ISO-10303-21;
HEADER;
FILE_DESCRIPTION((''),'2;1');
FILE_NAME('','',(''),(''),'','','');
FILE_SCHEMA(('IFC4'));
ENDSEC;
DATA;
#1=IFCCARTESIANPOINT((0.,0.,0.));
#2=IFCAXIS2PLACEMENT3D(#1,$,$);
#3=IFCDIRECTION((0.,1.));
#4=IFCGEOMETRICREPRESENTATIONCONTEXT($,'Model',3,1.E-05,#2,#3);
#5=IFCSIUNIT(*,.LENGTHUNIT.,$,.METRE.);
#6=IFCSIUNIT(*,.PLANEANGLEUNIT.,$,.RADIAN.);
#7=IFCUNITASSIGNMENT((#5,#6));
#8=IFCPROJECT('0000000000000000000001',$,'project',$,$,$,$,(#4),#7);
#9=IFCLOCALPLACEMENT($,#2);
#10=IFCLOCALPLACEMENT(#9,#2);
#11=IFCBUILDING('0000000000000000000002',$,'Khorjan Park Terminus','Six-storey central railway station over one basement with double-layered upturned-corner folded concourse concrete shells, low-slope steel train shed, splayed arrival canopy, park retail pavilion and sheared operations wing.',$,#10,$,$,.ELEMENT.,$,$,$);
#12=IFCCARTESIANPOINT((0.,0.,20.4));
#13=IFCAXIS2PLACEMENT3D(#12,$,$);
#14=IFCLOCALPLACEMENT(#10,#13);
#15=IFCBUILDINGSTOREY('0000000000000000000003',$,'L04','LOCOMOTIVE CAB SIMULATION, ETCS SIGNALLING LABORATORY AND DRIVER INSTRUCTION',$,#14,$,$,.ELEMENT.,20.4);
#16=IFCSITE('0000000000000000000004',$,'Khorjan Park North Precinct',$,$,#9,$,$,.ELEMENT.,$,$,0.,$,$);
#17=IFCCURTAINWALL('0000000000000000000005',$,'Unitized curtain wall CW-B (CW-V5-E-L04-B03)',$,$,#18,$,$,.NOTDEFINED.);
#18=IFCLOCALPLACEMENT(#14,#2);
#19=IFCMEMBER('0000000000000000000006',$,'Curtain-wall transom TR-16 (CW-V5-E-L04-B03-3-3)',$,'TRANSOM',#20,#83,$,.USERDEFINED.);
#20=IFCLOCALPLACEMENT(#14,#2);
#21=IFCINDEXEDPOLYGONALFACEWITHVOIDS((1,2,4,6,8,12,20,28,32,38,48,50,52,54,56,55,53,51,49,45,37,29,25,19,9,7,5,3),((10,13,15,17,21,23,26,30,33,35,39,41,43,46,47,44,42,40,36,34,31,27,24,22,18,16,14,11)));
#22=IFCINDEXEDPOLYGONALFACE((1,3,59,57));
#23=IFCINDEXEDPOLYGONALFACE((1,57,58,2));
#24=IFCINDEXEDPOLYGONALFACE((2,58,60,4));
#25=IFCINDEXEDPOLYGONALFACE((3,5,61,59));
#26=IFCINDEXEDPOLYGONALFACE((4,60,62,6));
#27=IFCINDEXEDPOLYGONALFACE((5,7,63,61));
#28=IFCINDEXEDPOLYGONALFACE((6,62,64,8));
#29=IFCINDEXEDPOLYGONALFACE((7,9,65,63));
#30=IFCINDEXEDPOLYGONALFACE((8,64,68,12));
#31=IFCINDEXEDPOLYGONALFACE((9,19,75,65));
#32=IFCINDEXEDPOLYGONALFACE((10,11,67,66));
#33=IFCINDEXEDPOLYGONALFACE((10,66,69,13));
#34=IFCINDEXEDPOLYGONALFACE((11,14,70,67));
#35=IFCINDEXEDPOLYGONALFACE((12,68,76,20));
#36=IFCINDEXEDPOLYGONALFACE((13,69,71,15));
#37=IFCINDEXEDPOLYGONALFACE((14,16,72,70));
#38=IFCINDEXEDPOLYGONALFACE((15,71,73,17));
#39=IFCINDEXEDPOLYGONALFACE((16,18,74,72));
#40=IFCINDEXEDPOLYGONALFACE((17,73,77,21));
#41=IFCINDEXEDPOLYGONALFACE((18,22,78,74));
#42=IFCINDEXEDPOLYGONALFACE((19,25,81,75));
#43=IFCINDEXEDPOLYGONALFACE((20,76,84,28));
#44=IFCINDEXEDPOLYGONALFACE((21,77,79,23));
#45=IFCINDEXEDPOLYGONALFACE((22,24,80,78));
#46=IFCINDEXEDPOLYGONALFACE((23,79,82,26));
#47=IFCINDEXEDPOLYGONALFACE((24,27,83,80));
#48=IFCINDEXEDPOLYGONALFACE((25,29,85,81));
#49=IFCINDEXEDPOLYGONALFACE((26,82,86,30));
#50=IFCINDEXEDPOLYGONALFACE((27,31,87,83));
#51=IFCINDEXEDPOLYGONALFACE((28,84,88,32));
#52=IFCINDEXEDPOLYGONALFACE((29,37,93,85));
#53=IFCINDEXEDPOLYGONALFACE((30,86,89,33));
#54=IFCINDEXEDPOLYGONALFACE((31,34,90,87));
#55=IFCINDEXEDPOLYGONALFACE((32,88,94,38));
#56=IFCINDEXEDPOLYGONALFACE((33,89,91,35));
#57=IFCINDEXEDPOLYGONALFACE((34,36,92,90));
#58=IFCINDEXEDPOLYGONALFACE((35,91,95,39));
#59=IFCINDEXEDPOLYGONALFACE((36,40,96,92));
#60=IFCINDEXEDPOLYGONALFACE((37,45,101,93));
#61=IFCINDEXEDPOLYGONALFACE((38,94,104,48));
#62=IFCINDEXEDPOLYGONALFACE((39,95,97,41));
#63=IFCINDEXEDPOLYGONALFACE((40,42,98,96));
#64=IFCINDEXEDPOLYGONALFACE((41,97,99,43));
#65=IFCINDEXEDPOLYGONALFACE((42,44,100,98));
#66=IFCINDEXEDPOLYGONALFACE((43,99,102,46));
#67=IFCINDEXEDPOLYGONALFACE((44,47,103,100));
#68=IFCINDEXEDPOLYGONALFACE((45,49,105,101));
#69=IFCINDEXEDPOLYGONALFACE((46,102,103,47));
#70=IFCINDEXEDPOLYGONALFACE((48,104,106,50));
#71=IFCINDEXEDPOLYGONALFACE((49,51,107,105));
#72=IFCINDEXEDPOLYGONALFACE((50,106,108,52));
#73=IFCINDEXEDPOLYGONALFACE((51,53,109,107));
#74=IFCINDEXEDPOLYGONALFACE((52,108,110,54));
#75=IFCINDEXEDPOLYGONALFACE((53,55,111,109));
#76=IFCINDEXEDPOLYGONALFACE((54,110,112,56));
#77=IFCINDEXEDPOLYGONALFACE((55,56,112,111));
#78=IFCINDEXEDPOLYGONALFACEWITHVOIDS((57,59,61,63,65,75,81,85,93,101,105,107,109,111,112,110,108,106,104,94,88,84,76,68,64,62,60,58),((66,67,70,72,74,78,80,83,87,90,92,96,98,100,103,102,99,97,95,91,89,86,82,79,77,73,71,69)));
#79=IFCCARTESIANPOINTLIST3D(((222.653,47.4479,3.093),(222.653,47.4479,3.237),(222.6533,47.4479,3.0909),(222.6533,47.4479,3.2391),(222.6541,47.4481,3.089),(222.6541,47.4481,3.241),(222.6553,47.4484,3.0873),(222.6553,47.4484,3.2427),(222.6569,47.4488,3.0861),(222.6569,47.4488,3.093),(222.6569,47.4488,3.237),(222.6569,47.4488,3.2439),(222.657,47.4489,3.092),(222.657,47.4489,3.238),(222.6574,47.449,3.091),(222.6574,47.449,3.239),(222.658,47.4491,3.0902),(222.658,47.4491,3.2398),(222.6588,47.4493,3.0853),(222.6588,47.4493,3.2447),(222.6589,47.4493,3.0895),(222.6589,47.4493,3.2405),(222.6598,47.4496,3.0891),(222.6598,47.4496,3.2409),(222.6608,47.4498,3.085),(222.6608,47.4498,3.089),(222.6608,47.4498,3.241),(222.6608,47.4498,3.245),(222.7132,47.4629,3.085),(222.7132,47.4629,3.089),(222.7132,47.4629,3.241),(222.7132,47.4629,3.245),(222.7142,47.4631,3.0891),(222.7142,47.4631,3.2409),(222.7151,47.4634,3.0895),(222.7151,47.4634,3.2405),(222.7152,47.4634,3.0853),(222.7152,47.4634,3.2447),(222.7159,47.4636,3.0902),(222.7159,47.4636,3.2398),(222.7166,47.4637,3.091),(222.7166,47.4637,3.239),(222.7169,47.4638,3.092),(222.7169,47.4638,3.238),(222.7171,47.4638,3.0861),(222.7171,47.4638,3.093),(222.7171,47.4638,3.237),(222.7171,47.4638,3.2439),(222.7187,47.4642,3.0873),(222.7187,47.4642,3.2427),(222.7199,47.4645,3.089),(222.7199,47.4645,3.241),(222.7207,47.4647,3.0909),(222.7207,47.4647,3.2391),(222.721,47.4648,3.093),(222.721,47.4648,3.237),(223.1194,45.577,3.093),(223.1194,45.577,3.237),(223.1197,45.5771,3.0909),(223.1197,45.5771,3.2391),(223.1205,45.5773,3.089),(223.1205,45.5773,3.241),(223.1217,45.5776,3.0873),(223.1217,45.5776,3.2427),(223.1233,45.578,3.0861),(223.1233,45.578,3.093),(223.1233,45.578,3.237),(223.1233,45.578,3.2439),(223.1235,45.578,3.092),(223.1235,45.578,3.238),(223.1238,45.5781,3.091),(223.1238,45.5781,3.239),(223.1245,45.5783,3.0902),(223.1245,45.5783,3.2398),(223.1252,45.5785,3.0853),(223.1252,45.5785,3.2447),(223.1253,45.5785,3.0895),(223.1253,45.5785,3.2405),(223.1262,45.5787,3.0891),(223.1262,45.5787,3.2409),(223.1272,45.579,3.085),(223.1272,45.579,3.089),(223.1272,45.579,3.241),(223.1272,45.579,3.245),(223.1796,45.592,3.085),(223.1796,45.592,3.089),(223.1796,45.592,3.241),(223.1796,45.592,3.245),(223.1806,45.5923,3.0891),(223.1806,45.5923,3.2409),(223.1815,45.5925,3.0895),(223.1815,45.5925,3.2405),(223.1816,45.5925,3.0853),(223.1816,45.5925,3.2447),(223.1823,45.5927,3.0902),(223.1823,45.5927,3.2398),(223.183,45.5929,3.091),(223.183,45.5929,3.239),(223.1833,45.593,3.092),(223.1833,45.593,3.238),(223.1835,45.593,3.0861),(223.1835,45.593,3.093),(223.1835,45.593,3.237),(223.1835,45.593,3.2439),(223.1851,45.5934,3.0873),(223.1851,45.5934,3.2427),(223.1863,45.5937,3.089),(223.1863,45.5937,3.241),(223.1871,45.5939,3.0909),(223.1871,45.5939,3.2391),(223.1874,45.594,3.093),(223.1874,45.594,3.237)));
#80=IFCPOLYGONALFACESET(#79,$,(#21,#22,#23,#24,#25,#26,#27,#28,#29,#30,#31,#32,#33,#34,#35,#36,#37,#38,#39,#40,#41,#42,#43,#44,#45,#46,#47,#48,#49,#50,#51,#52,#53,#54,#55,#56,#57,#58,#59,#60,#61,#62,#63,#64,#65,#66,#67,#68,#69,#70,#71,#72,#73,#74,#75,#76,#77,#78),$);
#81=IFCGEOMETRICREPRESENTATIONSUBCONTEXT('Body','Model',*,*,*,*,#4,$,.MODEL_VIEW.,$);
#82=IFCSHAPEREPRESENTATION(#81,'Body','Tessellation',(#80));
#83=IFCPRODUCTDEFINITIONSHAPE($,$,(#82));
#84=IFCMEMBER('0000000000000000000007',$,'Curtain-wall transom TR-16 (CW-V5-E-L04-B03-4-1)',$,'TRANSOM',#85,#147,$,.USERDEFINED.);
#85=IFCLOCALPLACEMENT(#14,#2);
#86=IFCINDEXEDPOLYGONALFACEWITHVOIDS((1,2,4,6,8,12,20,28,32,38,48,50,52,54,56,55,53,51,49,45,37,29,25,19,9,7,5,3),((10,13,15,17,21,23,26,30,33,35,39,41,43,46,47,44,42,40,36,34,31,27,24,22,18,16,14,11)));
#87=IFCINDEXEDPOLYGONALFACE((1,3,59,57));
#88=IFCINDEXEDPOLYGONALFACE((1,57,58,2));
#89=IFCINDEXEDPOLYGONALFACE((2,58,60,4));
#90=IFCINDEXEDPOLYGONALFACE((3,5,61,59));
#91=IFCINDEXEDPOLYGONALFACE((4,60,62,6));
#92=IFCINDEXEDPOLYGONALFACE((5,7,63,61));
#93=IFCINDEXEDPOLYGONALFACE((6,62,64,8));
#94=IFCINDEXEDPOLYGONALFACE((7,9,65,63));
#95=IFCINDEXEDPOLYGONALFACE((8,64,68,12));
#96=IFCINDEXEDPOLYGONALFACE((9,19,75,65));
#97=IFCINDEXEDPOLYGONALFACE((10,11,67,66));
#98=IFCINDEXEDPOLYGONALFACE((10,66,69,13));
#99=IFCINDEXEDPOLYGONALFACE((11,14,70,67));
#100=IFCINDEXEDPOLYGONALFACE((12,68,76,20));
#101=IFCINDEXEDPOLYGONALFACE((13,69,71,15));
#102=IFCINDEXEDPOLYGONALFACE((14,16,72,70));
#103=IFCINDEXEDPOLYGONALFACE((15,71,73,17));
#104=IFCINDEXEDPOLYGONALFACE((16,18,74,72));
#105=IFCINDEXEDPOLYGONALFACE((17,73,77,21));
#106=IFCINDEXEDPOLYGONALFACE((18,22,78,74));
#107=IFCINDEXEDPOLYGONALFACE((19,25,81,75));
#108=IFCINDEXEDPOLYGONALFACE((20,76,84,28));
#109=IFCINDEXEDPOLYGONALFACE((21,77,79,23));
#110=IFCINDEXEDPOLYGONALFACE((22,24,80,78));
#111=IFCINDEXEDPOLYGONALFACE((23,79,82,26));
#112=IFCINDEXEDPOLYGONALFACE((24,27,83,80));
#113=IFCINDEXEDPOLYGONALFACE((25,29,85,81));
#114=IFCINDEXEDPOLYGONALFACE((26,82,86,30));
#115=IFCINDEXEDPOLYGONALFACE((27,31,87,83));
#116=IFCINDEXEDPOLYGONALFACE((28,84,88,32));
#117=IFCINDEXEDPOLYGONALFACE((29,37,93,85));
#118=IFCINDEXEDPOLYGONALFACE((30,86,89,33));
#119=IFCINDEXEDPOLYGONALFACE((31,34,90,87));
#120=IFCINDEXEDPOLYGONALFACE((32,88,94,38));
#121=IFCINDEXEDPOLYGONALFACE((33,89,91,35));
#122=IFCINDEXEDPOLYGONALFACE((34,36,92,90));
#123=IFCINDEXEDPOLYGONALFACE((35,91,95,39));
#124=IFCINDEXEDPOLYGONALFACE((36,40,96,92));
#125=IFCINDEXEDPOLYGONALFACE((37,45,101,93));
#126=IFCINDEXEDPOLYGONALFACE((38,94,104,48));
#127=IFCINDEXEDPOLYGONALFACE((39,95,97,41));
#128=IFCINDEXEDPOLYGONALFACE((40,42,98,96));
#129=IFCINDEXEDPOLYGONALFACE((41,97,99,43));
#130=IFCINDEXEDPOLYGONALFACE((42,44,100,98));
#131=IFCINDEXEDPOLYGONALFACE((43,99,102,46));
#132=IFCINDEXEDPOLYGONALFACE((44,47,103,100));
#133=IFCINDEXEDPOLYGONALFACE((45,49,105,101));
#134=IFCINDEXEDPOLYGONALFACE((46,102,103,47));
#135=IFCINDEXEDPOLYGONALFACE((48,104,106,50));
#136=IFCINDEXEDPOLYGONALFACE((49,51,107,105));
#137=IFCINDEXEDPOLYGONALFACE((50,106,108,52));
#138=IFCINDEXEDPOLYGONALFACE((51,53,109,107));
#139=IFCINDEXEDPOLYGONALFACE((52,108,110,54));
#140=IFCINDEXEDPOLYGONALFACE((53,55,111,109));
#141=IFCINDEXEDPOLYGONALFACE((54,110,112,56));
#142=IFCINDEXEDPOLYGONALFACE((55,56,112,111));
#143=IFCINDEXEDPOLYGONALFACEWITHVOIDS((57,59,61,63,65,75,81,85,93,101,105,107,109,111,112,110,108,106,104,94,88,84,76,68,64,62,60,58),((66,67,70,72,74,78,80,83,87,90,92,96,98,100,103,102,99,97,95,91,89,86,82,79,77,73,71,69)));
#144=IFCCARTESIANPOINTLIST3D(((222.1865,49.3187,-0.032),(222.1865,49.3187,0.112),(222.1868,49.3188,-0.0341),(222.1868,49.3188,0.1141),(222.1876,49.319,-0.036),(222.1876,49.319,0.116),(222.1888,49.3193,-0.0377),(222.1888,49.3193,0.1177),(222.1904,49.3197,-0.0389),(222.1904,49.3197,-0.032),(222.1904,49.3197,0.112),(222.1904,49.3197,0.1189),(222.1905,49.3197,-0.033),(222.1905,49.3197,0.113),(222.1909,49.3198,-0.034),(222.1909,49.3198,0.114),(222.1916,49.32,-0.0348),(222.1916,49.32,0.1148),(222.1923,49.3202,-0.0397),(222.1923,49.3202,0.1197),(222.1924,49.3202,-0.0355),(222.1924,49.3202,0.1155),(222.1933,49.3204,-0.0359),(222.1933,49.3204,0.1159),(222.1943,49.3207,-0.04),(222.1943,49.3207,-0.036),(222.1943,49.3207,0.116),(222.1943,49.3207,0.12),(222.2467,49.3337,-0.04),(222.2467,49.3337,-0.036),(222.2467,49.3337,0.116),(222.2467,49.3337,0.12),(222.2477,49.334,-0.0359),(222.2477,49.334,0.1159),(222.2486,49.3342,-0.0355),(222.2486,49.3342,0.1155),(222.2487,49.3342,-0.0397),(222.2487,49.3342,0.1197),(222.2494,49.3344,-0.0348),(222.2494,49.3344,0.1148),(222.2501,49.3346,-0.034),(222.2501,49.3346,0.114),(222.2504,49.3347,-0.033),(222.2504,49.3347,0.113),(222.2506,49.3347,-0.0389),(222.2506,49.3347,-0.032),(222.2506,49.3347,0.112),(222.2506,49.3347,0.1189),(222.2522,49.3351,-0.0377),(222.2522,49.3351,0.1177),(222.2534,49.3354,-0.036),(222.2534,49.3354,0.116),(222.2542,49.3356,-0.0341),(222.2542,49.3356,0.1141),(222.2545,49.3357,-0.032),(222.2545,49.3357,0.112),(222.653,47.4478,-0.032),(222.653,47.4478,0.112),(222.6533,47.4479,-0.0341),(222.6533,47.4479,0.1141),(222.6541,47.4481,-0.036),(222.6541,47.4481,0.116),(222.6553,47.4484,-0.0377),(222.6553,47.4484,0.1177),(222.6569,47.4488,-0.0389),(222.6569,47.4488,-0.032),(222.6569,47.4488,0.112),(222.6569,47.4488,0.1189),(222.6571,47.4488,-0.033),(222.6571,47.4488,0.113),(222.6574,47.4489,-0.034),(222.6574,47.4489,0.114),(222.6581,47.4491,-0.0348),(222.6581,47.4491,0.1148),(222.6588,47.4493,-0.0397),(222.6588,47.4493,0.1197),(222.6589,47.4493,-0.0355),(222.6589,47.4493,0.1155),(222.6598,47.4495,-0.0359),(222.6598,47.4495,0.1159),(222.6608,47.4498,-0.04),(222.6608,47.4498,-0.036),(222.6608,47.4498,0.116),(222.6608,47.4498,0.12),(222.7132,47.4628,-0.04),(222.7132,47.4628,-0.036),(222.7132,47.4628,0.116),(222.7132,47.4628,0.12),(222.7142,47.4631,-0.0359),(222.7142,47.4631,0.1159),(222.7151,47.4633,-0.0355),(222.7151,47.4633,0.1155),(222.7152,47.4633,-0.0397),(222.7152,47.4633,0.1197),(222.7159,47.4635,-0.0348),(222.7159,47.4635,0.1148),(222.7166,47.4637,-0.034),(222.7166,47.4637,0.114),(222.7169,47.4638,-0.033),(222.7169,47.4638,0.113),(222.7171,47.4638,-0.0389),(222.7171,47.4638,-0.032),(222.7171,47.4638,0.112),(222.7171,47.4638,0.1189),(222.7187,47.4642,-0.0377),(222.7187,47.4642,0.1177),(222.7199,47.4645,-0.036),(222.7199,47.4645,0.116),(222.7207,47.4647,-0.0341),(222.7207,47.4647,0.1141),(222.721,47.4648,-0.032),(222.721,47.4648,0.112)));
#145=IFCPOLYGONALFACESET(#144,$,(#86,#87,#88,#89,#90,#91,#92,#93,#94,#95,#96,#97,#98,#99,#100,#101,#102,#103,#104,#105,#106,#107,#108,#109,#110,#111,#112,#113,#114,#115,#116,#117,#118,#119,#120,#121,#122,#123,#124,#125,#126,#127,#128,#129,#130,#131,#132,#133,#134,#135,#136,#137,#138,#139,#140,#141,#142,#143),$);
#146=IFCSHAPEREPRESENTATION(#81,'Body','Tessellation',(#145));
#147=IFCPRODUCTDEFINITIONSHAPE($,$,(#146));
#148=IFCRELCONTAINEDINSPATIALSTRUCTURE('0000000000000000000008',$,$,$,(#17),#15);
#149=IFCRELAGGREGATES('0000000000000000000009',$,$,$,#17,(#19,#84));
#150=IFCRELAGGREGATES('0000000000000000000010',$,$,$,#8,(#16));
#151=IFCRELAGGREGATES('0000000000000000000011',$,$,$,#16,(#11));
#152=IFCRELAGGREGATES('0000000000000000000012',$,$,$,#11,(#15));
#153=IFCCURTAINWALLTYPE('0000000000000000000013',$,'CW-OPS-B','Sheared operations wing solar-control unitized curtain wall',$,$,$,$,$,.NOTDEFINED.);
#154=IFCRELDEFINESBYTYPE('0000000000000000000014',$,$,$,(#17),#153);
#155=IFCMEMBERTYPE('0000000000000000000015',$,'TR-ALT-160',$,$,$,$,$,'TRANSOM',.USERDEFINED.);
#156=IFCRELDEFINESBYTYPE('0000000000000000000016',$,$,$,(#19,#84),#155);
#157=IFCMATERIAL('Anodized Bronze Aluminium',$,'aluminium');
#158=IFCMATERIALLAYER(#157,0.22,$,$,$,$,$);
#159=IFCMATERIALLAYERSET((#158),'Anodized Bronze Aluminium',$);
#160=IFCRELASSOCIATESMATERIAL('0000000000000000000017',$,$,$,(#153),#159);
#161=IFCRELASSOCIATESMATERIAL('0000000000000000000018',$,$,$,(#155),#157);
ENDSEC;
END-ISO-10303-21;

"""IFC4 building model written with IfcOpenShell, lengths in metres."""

from ifc_helpers import new_model, si_unit, direction, frame, origin, origin_2d, place, context, subcontext, project, spatial, hollow_rectangle, extrude, material, layer, layer_set, material_profile, profile_set, type_object, element, aggregate, save


model = new_model("IFC4")

# Units and contexts
model_context = context("Model", 3, precision=1e-05, world=origin(), true_north=direction((0.0, 1.0)))
body_context = subcontext(model_context, "Body", "Model", "MODEL_VIEW")
ifc_project = project(units=[si_unit("LENGTHUNIT", "METRE"), si_unit("PLANEANGLEUNIT", "RADIAN")], contexts=[model_context])

# Site, building, storey
site_placement = place(None, origin())
site = spatial("IfcSite", under=ifc_project, at=site_placement, Name="Khorjan Park North Precinct", CompositionType="ELEMENT", RefElevation=0.0)
building_placement = place(site_placement, origin())
building = spatial("IfcBuilding", under=site, at=building_placement, Name="Khorjan Park Terminus", Description="Six-storey central railway station over one basement with double-layered upturned-corner folded concourse concrete shells, low-slope steel train shed, splayed arrival canopy, park retail pavilion and sheared operations wing.", CompositionType="ELEMENT")
storey_placement = place(building_placement, frame((0.0, 0.0, 20.4)))
storey = spatial("IfcBuildingStorey", under=building, at=storey_placement, Name="L04", Description="LOCOMOTIVE CAB SIMULATION, ETCS SIGNALLING LABORATORY AND DRIVER INSTRUCTION", CompositionType="ELEMENT", Elevation=20.4)

# Curtain wall, members
ifc_material_1 = material(Name="Anodized Bronze Aluminium", Category="aluminium")
ifc_layer_1 = layer(ifc_material_1, 0.22)
ifc_layer_set_1 = layer_set([ifc_layer_1], Name="Anodized Bronze Aluminium")
curtain_wall_type = type_object("IfcCurtainWallType", Name="CW-OPS-B", Description="Sheared operations wing solar-control unitized curtain wall", PredefinedType="NOTDEFINED", material=ifc_layer_set_1)
curtain_wall_placement = place(storey_placement, origin())
curtain_wall = element("IfcCurtainWall", 1, at=curtain_wall_placement, inside=storey, type_object=curtain_wall_type, Name="Unitized curtain wall CW-B (CW-V5-E-L04-B03)", PredefinedType="NOTDEFINED")
ifc_material_profile_1 = material_profile(ifc_material_1, hollow_rectangle(XDim=0.07, YDim=0.16, WallThickness=0.004, InnerFilletRadius=0.004, OuterFilletRadius=0.008, at=origin_2d()), Name="ALT 70x160x4")
ifc_profile_set_1 = profile_set([ifc_material_profile_1], Name="Anodized Bronze Aluminium")
member_type_1 = type_object("IfcMemberType", Name="TR-ALT-160", ElementType="TRANSOM", PredefinedType="USERDEFINED", material=ifc_profile_set_1)
member_1_placement = place(storey_placement, frame((223.1534, 45.5855, 3.165), z_axis=(-0.241901, 0.970301, 0.0), x_axis=(-0.970301, -0.241901, 0.0)))
member_1 = element("IfcMember", 2, at=member_1_placement, type_object=member_type_1, Name="Curtain-wall transom TR-16 (CW-V5-E-L04-B03-3-3)", ObjectType="TRANSOM", PredefinedType="USERDEFINED", context=body_context, shape_type="SweptSolid", body=[
    extrude(hollow_rectangle(XDim=0.07, YDim=0.16, WallThickness=0.004, InnerFilletRadius=0.004, OuterFilletRadius=0.008, at=origin_2d()), origin(), (0.0, 0.0, 1.0), 1.9281),
])
member_2_placement = place(storey_placement, frame((222.687, 47.4563, 0.04), z_axis=(-0.241938, 0.970292, 0.0), x_axis=(-0.970292, -0.241938, 0.0)))
member_2 = element("IfcMember", 3, at=member_2_placement, type_object=member_type_1, Name="Curtain-wall transom TR-16 (CW-V5-E-L04-B03-4-1)", ObjectType="TRANSOM", PredefinedType="USERDEFINED", context=body_context, shape_type="SweptSolid", body=[
    extrude(hollow_rectangle(XDim=0.07, YDim=0.16, WallThickness=0.004, InnerFilletRadius=0.004, OuterFilletRadius=0.008, at=origin_2d()), origin(), (0.0, 0.0, 1.0), 1.9282),
])
aggregate(curtain_wall, [member_1, member_2])

save(model, "model.ifc")
